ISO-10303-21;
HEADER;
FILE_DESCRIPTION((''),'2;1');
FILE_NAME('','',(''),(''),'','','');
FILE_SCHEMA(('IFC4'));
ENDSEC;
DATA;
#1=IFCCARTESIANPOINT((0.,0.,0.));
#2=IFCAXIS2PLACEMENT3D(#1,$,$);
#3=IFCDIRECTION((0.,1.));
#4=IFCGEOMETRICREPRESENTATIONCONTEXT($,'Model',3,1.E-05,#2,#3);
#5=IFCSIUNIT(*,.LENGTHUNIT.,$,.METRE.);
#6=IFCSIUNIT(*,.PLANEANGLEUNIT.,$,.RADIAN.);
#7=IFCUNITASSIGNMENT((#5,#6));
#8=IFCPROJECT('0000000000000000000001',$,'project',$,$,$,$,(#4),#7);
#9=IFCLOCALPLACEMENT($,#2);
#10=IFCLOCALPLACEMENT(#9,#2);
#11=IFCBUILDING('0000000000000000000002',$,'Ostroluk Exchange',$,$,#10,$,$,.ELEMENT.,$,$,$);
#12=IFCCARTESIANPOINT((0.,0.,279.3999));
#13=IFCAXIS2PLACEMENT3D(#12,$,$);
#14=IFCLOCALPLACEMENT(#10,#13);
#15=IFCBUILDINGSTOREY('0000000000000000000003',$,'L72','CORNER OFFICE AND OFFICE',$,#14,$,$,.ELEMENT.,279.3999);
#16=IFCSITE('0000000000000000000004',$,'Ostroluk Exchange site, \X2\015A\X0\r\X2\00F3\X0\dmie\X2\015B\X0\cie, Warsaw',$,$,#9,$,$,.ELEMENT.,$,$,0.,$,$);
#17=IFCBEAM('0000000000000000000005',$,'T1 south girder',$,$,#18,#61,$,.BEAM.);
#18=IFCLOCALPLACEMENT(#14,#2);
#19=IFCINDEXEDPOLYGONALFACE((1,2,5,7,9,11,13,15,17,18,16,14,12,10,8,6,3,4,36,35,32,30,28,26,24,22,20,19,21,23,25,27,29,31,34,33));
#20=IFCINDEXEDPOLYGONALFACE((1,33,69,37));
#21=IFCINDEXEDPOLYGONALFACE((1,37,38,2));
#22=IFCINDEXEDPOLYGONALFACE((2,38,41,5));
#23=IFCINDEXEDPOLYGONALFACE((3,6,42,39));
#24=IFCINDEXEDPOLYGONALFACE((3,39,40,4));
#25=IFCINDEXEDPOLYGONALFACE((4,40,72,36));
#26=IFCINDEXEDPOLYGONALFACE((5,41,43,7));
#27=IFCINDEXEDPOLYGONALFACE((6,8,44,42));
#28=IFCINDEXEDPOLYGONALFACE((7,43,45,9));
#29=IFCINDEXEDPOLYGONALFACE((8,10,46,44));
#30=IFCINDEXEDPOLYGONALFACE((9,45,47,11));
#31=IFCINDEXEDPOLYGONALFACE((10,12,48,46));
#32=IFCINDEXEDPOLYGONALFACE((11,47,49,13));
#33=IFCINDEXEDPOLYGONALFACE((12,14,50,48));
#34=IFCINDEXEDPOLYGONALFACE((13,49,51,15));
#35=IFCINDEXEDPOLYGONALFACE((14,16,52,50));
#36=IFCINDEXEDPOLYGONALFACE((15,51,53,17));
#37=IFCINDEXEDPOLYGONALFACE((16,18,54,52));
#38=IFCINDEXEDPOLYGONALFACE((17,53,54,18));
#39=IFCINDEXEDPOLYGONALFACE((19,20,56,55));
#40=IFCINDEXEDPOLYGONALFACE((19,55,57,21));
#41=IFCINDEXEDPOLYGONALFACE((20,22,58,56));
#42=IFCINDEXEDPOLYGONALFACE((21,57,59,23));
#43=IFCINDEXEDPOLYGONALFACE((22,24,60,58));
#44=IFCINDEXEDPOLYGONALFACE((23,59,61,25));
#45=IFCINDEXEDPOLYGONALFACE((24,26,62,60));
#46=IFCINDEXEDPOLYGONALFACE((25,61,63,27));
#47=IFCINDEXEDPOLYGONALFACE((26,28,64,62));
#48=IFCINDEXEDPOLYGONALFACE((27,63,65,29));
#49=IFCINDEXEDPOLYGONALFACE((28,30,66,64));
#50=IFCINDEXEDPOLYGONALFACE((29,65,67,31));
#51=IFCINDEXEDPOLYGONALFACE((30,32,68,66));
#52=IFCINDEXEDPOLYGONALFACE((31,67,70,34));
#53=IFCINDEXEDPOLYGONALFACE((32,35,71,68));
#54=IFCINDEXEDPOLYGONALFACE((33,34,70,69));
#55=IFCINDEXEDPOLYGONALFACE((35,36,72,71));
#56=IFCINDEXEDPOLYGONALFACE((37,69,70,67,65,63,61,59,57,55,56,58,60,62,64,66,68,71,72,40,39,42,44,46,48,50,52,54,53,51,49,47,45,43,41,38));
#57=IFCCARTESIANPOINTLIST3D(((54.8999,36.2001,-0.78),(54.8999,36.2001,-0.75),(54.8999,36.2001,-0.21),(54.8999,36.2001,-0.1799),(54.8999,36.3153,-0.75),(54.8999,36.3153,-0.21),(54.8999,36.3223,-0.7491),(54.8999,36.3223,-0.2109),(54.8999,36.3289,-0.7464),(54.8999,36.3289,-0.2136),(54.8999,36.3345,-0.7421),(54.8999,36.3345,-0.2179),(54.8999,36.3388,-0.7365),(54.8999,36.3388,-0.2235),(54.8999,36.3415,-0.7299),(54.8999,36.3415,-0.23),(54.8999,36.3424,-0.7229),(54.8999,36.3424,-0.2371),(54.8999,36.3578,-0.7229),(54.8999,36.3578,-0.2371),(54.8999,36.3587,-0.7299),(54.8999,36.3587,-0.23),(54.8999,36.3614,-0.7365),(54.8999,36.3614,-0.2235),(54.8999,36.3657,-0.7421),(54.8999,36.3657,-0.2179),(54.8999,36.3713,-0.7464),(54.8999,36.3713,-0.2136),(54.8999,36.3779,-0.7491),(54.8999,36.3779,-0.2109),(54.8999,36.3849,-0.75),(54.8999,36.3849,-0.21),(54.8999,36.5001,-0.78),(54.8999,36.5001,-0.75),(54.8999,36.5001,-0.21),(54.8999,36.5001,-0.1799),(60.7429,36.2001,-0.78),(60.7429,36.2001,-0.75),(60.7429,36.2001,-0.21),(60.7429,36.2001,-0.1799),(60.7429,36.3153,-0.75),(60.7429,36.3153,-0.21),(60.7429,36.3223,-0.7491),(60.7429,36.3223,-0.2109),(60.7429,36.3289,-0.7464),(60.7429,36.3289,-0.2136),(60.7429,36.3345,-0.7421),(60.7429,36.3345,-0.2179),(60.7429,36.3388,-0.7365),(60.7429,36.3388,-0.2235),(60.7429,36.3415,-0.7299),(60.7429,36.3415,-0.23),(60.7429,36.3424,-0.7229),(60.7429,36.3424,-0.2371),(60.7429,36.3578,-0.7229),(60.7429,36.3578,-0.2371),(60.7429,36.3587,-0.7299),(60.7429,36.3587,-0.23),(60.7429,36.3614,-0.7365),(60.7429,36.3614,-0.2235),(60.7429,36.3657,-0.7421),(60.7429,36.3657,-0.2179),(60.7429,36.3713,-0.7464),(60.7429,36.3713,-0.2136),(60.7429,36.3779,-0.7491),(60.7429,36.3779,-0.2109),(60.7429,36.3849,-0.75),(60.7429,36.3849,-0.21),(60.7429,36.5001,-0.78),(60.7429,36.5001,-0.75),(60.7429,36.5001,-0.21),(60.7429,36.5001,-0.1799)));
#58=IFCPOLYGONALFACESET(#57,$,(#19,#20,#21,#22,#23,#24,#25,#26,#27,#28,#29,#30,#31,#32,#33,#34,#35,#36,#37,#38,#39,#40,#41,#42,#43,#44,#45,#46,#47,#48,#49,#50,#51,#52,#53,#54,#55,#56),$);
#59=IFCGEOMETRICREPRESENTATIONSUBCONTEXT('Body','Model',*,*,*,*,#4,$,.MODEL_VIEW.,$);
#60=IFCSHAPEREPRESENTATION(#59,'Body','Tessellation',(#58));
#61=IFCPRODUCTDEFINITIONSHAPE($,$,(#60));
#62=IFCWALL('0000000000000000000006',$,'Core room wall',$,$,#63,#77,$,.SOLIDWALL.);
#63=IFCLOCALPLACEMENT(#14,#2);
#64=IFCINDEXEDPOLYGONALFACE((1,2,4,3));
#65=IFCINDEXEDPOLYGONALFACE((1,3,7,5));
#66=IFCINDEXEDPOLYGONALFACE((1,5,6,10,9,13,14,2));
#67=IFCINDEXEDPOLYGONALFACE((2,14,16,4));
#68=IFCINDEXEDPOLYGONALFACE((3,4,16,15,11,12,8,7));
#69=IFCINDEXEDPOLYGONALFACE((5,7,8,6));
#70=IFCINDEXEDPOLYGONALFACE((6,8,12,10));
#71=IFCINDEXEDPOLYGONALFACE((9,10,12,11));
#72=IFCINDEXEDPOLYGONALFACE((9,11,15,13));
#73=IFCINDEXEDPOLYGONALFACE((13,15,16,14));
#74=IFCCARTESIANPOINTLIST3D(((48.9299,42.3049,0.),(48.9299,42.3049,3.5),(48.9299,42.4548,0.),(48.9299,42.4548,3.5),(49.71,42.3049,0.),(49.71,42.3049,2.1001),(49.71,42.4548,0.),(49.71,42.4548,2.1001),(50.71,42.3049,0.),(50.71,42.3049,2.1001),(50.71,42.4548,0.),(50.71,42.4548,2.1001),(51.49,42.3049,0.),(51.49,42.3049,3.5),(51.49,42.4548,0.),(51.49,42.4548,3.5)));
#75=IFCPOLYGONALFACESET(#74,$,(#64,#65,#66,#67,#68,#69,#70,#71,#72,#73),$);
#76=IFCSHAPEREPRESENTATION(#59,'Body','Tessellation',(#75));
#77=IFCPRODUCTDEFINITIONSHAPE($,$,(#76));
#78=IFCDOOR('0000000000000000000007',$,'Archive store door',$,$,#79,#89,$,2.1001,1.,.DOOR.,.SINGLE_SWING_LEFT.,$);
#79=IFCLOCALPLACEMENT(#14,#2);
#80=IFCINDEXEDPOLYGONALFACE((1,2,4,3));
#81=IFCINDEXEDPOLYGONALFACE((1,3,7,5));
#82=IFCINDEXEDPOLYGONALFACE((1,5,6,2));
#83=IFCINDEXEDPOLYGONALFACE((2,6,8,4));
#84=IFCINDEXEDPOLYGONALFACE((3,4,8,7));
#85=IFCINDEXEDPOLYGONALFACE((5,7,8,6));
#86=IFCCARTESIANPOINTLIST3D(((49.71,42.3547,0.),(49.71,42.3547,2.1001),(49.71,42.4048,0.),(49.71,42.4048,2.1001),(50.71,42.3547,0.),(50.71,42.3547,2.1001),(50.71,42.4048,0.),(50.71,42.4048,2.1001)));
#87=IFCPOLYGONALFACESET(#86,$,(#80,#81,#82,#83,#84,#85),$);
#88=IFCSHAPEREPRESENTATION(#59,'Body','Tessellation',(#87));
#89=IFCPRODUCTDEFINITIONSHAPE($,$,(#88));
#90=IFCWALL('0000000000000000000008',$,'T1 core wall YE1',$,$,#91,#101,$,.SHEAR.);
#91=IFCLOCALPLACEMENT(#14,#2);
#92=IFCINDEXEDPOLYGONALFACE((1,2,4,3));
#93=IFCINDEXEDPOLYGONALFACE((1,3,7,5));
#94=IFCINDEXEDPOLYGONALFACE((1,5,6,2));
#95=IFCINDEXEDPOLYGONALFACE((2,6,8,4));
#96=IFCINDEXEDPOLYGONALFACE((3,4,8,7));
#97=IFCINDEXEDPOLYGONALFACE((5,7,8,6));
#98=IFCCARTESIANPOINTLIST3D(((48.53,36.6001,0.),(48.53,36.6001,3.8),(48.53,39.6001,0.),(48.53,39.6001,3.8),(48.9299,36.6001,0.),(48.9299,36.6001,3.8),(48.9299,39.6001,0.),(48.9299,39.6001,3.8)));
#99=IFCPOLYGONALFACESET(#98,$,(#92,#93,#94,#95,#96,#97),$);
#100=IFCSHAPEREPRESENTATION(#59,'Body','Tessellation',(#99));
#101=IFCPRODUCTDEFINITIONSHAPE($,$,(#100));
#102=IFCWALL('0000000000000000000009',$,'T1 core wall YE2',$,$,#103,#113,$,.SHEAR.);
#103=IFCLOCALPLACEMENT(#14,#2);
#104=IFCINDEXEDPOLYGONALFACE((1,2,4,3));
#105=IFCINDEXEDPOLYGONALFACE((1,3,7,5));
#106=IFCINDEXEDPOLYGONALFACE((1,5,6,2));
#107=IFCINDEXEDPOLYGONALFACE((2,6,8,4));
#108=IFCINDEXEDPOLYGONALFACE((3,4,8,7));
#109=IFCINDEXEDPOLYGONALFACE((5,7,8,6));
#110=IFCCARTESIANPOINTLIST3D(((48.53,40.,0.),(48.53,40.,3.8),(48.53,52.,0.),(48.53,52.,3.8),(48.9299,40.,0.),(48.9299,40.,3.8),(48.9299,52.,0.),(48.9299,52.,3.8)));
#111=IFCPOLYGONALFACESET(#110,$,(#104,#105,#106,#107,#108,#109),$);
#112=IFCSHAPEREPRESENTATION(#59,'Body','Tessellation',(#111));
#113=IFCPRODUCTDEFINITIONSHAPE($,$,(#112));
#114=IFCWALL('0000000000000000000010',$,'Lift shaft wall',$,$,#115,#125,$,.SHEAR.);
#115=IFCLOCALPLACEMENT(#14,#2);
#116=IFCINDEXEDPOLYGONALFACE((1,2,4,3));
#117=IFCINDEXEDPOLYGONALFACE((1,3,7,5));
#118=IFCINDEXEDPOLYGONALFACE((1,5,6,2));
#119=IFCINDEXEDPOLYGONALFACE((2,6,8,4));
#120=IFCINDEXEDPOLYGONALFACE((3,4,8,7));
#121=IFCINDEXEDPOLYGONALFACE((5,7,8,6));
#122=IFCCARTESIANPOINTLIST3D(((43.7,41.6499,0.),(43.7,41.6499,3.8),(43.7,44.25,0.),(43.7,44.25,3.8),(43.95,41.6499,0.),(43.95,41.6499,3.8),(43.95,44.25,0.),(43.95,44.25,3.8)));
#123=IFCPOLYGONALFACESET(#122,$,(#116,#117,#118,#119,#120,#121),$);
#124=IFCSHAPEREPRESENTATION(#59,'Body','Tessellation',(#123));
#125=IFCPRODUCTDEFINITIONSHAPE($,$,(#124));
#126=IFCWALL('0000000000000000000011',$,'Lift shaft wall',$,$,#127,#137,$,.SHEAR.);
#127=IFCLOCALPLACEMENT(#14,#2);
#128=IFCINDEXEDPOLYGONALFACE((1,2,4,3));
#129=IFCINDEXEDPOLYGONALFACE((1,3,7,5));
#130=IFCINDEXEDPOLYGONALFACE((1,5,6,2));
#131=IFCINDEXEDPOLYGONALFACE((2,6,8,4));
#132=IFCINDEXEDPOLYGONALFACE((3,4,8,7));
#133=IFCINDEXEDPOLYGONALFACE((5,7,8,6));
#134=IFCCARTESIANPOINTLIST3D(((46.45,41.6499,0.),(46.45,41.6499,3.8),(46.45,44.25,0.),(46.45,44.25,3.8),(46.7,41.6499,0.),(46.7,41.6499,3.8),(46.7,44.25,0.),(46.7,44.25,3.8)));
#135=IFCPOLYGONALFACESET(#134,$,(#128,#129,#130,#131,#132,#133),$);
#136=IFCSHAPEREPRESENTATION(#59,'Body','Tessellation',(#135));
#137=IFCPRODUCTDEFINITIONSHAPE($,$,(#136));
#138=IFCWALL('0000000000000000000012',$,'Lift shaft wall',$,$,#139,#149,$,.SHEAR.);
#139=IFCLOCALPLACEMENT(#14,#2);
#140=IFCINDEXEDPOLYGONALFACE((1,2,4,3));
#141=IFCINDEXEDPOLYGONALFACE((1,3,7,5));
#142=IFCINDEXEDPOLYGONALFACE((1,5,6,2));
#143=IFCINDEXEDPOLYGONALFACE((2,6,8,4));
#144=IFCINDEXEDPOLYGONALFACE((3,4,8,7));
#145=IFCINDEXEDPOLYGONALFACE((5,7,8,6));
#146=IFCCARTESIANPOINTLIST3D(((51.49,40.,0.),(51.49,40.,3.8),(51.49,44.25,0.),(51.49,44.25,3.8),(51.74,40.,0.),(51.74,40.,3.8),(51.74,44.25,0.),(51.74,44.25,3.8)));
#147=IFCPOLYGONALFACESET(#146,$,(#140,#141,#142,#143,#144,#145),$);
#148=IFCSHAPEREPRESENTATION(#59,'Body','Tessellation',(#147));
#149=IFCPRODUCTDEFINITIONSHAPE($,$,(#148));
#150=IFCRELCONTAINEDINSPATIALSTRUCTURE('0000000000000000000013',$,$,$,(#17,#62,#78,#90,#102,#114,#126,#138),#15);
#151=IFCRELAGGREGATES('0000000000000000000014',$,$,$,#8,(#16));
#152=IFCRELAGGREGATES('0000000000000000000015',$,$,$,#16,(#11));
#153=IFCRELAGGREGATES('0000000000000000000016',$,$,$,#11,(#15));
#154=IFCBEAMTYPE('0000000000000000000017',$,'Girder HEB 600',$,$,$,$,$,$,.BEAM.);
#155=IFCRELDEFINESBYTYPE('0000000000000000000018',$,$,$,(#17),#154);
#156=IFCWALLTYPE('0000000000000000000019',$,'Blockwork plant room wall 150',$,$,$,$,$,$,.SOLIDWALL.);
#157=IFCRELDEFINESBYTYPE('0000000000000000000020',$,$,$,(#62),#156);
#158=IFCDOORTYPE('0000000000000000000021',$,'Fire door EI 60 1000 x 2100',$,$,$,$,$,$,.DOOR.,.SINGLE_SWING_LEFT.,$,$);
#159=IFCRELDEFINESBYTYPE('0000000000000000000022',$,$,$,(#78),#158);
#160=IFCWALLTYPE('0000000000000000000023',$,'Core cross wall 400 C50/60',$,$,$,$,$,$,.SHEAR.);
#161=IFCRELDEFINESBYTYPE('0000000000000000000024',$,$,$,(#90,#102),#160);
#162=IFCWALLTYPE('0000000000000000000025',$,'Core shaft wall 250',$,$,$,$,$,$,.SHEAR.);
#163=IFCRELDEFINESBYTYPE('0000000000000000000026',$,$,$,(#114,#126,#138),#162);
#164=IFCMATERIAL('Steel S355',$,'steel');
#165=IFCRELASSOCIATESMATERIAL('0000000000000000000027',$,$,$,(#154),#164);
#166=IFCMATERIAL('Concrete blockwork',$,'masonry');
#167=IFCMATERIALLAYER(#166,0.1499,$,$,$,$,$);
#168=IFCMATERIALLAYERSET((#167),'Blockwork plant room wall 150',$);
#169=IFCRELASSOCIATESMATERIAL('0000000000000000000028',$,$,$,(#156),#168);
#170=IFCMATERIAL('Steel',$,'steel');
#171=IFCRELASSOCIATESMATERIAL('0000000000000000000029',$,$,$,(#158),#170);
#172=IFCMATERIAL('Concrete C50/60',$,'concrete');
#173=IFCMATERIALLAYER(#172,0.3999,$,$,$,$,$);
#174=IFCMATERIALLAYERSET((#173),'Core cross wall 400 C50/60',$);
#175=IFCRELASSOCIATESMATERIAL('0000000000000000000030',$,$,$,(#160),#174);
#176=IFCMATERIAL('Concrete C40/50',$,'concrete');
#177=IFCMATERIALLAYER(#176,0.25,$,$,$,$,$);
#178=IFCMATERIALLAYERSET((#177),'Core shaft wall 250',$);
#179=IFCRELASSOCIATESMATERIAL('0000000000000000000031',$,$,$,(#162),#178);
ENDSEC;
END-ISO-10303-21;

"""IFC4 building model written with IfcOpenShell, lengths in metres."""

from ifc_helpers import new_model, si_unit, direction, frame, frame_2d, origin, origin_2d, place, context, subcontext, project, spatial, rectangle, i_section, extrude, material, layer, layer_set, material_profile, profile_set, type_object, element, fill, save


model = new_model("IFC4")

# Units and contexts
model_context = context("Model", 3, precision=1e-05, world=origin(), true_north=direction((0.0, 1.0)))
body_context = subcontext(model_context, "Body", "Model", "MODEL_VIEW")
ifc_project = project(units=[si_unit("LENGTHUNIT", "METRE"), si_unit("PLANEANGLEUNIT", "RADIAN")], contexts=[model_context])

# Site, building, storey
site_placement = place(None, origin())
site = spatial("IfcSite", under=ifc_project, at=site_placement, Name="Ostroluk Exchange site, Śródmieście, Warsaw", CompositionType="ELEMENT", RefElevation=0.0)
building_placement = place(site_placement, origin())
building = spatial("IfcBuilding", under=site, at=building_placement, Name="Ostroluk Exchange", CompositionType="ELEMENT")
storey_placement = place(building_placement, frame((0.0, 0.0, 279.3999)))
storey = spatial("IfcBuildingStorey", under=building, at=storey_placement, Name="L72", Description="CORNER OFFICE AND OFFICE", CompositionType="ELEMENT", Elevation=279.3999)

# Beam
ifc_material_1 = material(Name="Steel S355", Category="steel")
ifc_material_profile_1 = material_profile(ifc_material_1, i_section(OverallWidth=0.3, OverallDepth=0.6001, WebThickness=0.0154, FlangeThickness=0.03, FilletRadius=0.0271, at=origin_2d()), Name="HEB 600")
ifc_profile_set_1 = profile_set([ifc_material_profile_1], Name="Steel S355")
beam_type_1 = type_object("IfcBeamType", Name="Girder HEB 600", PredefinedType="BEAM", material=ifc_profile_set_1)
beam_placement = place(storey_placement, frame((54.8999, 36.3501, -0.48), z_axis=(1.0, 0.0, 0.0), x_axis=(0.0, 1.0, 0.0)))
element("IfcBeam", 1, at=beam_placement, inside=storey, type_object=beam_type_1, Name="T1 south girder", PredefinedType="BEAM", context=body_context, shape_type="SweptSolid", body=[
    extrude(i_section(OverallWidth=0.3, OverallDepth=0.6001, WebThickness=0.0154, FlangeThickness=0.03, FilletRadius=0.0271, at=origin_2d()), origin(), (0.0, 0.0, 1.0), 5.843),
])

# Wall, opening, door
ifc_material_2 = material(Name="Concrete blockwork", Category="masonry")
ifc_layer_1 = layer(ifc_material_2, 0.1499)
ifc_layer_set_1 = layer_set([ifc_layer_1], Name="Blockwork plant room wall 150")
wall_type_1 = type_object("IfcWallType", Name="Blockwork plant room wall 150", PredefinedType="SOLIDWALL", material=ifc_layer_set_1)
wall_1_placement = place(storey_placement, frame((48.9299, 42.3799, 0.0), z_axis=(0.0, 0.0, 1.0), x_axis=(1.0, 0.0, 0.0)))
wall_1 = element("IfcWall", 2, at=wall_1_placement, inside=storey, type_object=wall_type_1, Name="Core room wall", PredefinedType="SOLIDWALL", context=body_context, shape_type="SweptSolid", body=[
    extrude(rectangle(XDim=2.5601, YDim=0.1499, at=frame_2d((1.28, 0.0))), origin(), (0.0, 0.0, 1.0), 3.5),
])
opening_1_placement = place(wall_1_placement, frame((0.78, 0.0, 0.0)))
opening_1 = element("IfcOpeningElement", 3, at=opening_1_placement, cuts=wall_1, PredefinedType="OPENING", context=body_context, shape_type="SweptSolid", body=[
    extrude(rectangle(XDim=1.0, YDim=2.1001, at=frame_2d((0.5, 1.05))), frame((0.0, 0.085, 0.0), z_axis=(0.0, -1.0, 0.0), x_axis=(1.0, 0.0, 0.0)), (0.0, 0.0, 1.0), 0.1699),
])
ifc_material_3 = material(Name="Steel", Category="steel")
door_type_1 = type_object("IfcDoorType", Name="Fire door EI 60 1000 x 2100", OperationType="SINGLE_SWING_LEFT", PredefinedType="DOOR", material=ifc_material_3)
door_1_placement = place(opening_1_placement, origin())
door_1 = element("IfcDoor", 4, at=door_1_placement, inside=storey, type_object=door_type_1, Name="Archive store door", OperationType="SINGLE_SWING_LEFT", OverallHeight=2.1001, OverallWidth=1.0, PredefinedType="DOOR", context=body_context, shape_type="SweptSolid", body=[
    extrude(rectangle(XDim=1.0, YDim=2.1001, at=frame_2d((0.5, 1.05))), frame((0.0, 0.0249, 0.0), z_axis=(0.0, -1.0, 0.0), x_axis=(1.0, 0.0, 0.0)), (0.0, 0.0, 1.0), 0.05),
])
fill(opening_1, door_1)

# Walls
ifc_material_4 = material(Name="Concrete C50/60", Category="concrete")
ifc_layer_2 = layer(ifc_material_4, 0.3999)
ifc_layer_set_2 = layer_set([ifc_layer_2], Name="Core cross wall 400 C50/60")
wall_type_2 = type_object("IfcWallType", Name="Core cross wall 400 C50/60", PredefinedType="SHEAR", material=ifc_layer_set_2)
wall_2_placement = place(storey_placement, frame((48.73, 36.6001, 0.0), z_axis=(0.0, 0.0, 1.0), x_axis=(0.0, 1.0, 0.0)))
element("IfcWall", 5, at=wall_2_placement, inside=storey, type_object=wall_type_2, Name="T1 core wall YE1", PredefinedType="SHEAR", context=body_context, shape_type="SweptSolid", body=[
    extrude(rectangle(XDim=3.0, YDim=0.3999, at=frame_2d((1.5, 0.0))), origin(), (0.0, 0.0, 1.0), 3.8),
])
wall_3_placement = place(storey_placement, frame((48.73, 40.0, 0.0), z_axis=(0.0, 0.0, 1.0), x_axis=(0.0, 1.0, 0.0)))
element("IfcWall", 6, at=wall_3_placement, inside=storey, type_object=wall_type_2, Name="T1 core wall YE2", PredefinedType="SHEAR", context=body_context, shape_type="SweptSolid", body=[
    extrude(rectangle(XDim=12.0, YDim=0.3999, at=frame_2d((6.0, 0.0))), origin(), (0.0, 0.0, 1.0), 3.8),
])

# Shared definitions
ifc_material_5 = material(Name="Concrete C40/50", Category="concrete")
ifc_layer_3 = layer(ifc_material_5, 0.25)
ifc_layer_set_3 = layer_set([ifc_layer_3], Name="Core shaft wall 250")
wall_type_3 = type_object("IfcWallType", Name="Core shaft wall 250", PredefinedType="SHEAR", material=ifc_layer_set_3)

# Walls
for number, where, z_axis, x_axis, name in (
    (7, (43.825, 44.25, 0.0), (0.0, 0.0, 1.0), (0.0, -1.0, 0.0), "Lift shaft wall"),
    (8, (46.575, 44.25, 0.0), (0.0, 0.0, 1.0), (0.0, -1.0, 0.0), "Lift shaft wall"),
):
    element("IfcWall", number, at=place(storey_placement, frame(where, z_axis=z_axis, x_axis=x_axis)), inside=storey, type_object=wall_type_3, Name=name, PredefinedType="SHEAR", context=body_context, shape_type="SweptSolid", body=[
        extrude(rectangle(XDim=2.6001, YDim=0.25, at=frame_2d((1.3, 0.0))), origin(), (0.0, 0.0, 1.0), 3.8),
    ])
wall_4_placement = place(storey_placement, frame((51.615, 44.25, 0.0), z_axis=(0.0, 0.0, 1.0), x_axis=(0.0, -1.0, 0.0)))
element("IfcWall", 9, at=wall_4_placement, inside=storey, type_object=wall_type_3, Name="Lift shaft wall", PredefinedType="SHEAR", context=body_context, shape_type="SweptSolid", body=[
    extrude(rectangle(XDim=4.25, YDim=0.25, at=frame_2d((2.125, 0.0))), origin(), (0.0, 0.0, 1.0), 3.8),
])

save(model, "model.ifc")
